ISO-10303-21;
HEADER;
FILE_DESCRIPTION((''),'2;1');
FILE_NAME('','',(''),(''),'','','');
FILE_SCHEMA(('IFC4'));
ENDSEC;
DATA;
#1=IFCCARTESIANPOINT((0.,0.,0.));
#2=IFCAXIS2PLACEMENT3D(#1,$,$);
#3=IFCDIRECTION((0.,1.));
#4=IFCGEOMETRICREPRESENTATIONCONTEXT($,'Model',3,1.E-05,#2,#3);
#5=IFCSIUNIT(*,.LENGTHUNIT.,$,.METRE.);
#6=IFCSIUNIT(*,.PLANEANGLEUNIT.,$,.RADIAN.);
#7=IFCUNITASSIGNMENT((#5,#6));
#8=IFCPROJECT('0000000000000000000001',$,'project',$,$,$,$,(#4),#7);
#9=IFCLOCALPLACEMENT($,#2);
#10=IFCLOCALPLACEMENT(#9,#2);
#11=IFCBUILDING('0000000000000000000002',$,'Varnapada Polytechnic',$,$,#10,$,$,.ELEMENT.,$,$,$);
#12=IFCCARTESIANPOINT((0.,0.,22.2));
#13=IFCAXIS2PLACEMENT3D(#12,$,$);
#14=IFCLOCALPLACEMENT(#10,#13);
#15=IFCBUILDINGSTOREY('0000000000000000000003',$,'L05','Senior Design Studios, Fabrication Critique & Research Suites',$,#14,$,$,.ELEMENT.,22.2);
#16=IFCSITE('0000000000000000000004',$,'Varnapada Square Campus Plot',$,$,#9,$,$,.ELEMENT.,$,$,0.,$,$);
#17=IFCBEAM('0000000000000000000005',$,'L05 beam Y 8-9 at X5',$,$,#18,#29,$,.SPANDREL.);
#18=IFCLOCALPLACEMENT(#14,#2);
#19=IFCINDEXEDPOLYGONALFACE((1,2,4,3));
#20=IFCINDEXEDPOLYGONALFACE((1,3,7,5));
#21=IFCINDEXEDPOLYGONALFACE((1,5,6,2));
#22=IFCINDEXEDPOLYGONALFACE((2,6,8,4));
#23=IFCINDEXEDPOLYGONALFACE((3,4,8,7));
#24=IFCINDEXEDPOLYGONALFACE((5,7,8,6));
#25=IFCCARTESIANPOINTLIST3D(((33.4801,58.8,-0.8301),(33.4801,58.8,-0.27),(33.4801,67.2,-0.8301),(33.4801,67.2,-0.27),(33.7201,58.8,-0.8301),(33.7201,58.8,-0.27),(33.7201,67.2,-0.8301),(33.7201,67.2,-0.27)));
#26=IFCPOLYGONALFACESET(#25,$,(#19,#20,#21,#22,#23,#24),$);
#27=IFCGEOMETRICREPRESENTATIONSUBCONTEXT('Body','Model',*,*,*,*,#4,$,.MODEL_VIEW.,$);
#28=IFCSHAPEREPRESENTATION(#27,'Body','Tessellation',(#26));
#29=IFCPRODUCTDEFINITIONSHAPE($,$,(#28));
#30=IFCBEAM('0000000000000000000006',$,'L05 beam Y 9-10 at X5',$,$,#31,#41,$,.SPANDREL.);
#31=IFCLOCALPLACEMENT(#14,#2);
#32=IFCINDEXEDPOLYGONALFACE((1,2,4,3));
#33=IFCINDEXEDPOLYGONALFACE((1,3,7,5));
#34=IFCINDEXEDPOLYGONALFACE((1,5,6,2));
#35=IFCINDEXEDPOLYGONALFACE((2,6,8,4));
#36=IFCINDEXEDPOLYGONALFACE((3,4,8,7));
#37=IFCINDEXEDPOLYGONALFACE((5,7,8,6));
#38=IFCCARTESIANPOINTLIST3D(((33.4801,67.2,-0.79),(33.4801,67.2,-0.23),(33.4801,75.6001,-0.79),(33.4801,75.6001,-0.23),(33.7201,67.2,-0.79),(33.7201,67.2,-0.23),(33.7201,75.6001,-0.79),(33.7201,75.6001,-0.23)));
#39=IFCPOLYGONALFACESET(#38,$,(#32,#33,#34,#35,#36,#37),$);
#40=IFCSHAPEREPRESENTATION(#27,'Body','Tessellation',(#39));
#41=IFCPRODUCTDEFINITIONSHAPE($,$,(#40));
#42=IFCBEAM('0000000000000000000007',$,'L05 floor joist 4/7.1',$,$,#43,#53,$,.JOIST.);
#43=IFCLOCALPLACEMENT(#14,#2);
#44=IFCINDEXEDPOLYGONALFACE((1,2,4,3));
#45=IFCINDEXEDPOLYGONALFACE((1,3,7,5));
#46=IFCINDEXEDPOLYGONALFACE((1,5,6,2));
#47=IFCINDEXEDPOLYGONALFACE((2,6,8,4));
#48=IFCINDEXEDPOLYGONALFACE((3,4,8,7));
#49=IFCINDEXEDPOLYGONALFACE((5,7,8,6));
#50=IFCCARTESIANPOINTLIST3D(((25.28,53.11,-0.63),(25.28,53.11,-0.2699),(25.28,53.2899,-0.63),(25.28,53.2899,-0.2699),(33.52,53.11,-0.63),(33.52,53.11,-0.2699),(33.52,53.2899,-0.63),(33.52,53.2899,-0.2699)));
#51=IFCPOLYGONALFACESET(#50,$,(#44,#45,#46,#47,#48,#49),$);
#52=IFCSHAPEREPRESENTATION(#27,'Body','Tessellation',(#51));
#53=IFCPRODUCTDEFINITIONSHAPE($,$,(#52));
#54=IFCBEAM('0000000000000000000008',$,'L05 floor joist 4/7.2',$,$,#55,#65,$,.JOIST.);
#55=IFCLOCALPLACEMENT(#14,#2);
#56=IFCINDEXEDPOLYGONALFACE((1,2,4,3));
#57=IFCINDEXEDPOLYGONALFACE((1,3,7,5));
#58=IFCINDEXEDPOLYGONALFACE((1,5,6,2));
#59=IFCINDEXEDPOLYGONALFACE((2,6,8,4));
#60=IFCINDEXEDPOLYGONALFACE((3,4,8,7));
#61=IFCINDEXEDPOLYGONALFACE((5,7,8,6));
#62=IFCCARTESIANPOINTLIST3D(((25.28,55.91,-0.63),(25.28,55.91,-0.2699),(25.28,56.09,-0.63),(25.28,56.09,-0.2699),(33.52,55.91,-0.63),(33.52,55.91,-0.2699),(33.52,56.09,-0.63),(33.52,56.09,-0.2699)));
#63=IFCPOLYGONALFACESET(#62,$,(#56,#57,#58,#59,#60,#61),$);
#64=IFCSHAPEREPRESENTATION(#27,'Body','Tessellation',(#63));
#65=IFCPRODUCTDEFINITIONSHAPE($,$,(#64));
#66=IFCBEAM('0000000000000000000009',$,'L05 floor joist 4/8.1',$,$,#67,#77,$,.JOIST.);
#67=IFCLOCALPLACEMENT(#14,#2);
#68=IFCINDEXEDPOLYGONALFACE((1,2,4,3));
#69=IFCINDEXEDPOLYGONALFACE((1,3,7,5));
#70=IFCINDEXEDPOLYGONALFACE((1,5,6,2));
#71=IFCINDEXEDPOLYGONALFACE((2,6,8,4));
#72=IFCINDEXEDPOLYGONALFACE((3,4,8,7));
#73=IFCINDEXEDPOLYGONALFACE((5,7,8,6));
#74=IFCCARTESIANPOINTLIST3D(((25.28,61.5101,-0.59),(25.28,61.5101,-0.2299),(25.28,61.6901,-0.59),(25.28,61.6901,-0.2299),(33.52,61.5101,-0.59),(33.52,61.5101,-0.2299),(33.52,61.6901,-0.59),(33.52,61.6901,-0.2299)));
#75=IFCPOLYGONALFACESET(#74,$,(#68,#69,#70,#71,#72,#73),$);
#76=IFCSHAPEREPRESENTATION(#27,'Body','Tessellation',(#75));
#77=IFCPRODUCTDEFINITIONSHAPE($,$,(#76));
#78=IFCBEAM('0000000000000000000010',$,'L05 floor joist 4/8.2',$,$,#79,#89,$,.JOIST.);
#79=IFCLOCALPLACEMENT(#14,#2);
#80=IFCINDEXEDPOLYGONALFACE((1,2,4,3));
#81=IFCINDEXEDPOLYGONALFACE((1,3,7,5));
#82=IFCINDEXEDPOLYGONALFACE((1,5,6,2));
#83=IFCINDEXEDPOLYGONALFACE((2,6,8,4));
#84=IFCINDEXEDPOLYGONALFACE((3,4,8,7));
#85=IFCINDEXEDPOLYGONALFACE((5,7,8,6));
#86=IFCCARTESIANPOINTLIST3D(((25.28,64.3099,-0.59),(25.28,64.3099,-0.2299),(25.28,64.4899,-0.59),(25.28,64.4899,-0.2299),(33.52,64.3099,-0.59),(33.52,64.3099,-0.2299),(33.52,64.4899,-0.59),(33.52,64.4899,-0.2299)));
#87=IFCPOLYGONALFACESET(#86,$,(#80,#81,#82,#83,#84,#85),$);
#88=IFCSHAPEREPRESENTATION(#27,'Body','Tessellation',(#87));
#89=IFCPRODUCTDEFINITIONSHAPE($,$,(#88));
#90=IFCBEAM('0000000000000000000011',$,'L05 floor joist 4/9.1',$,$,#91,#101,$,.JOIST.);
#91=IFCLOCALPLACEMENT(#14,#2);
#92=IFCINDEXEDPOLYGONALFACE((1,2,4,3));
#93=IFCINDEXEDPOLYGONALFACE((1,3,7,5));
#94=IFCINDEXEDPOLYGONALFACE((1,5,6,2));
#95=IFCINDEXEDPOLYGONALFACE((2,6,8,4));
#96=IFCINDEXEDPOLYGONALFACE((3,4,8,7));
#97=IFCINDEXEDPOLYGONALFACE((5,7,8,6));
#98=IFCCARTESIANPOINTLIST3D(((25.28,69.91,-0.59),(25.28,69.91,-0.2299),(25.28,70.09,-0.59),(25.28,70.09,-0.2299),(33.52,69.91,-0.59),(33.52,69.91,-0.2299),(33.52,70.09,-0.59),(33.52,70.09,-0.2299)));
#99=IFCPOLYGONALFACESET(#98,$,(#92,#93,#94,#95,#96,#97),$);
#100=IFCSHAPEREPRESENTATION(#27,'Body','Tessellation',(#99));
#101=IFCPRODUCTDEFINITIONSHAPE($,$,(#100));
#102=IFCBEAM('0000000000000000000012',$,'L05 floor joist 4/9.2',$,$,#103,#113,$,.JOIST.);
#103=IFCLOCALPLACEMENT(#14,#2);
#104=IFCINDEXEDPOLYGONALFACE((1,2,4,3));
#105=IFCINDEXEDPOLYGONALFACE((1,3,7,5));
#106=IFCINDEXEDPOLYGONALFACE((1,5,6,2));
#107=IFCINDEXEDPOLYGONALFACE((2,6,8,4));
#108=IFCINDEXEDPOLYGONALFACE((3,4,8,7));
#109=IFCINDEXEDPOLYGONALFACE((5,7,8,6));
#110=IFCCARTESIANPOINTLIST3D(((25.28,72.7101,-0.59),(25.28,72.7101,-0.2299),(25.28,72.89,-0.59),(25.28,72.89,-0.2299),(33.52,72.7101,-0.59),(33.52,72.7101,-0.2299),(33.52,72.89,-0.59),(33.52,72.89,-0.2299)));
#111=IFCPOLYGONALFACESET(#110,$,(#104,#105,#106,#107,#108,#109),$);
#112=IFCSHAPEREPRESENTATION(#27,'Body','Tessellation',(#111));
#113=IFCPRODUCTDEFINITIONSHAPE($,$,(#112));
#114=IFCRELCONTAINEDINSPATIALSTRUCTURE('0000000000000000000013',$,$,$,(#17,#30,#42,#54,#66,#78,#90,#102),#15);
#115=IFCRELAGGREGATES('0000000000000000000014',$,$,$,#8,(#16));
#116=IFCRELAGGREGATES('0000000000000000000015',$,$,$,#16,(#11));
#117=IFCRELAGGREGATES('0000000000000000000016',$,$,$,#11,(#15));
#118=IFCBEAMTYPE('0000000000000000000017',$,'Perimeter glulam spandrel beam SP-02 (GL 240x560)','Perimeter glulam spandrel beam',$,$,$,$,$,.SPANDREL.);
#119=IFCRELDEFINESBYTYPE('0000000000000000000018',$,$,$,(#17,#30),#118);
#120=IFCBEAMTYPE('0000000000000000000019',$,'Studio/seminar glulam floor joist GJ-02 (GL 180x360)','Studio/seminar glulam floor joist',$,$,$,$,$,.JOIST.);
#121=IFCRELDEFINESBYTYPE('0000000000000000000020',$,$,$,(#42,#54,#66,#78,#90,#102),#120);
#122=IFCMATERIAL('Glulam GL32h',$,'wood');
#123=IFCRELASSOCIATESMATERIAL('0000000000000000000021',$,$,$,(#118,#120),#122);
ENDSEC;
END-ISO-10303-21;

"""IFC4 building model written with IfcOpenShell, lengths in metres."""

from ifc_helpers import new_model, si_unit, direction, frame, origin, origin_2d, place, context, subcontext, project, spatial, rectangle, extrude, material, material_profile, profile_set, type_object, element, save


model = new_model("IFC4")

# Units and contexts
model_context = context("Model", 3, precision=1e-05, world=origin(), true_north=direction((0.0, 1.0)))
body_context = subcontext(model_context, "Body", "Model", "MODEL_VIEW")
ifc_project = project(units=[si_unit("LENGTHUNIT", "METRE"), si_unit("PLANEANGLEUNIT", "RADIAN")], contexts=[model_context])

# Site, building, storey
site_placement = place(None, origin())
site = spatial("IfcSite", under=ifc_project, at=site_placement, Name="Varnapada Square Campus Plot", CompositionType="ELEMENT", RefElevation=0.0)
building_placement = place(site_placement, origin())
building = spatial("IfcBuilding", under=site, at=building_placement, Name="Varnapada Polytechnic", CompositionType="ELEMENT")
storey_placement = place(building_placement, frame((0.0, 0.0, 22.2)))
storey = spatial("IfcBuildingStorey", under=building, at=storey_placement, Name="L05", Description="Senior Design Studios, Fabrication Critique & Research Suites", CompositionType="ELEMENT", Elevation=22.2)

# Beams
ifc_material_1 = material(Name="Glulam GL32h", Category="wood")
ifc_material_profile_1 = material_profile(ifc_material_1, rectangle(XDim=0.24, YDim=0.5601, at=origin_2d()), Name="GL 240x560")
ifc_profile_set_1 = profile_set([ifc_material_profile_1], Name="Glulam GL32h")
beam_type_1 = type_object("IfcBeamType", Name="Perimeter glulam spandrel beam SP-02 (GL 240x560)", Description="Perimeter glulam spandrel beam", PredefinedType="SPANDREL", material=ifc_profile_set_1)
beam_1_placement = place(storey_placement, frame((33.6001, 58.8, -0.55), z_axis=(0.0, 1.0, 0.0), x_axis=(-1.0, 0.0, 0.0)))
element("IfcBeam", 1, at=beam_1_placement, inside=storey, type_object=beam_type_1, Name="L05 beam Y 8-9 at X5", PredefinedType="SPANDREL", context=body_context, shape_type="SweptSolid", body=[
    extrude(rectangle(XDim=0.24, YDim=0.5601, at=origin_2d()), origin(), (0.0, 0.0, 1.0), 8.3999),
])
beam_2_placement = place(storey_placement, frame((33.6001, 67.2, -0.51), z_axis=(0.0, 1.0, 0.0), x_axis=(-1.0, 0.0, 0.0)))
element("IfcBeam", 2, at=beam_2_placement, inside=storey, type_object=beam_type_1, Name="L05 beam Y 9-10 at X5", PredefinedType="SPANDREL", context=body_context, shape_type="SweptSolid", body=[
    extrude(rectangle(XDim=0.24, YDim=0.5601, at=origin_2d()), origin(), (0.0, 0.0, 1.0), 8.4001),
])
ifc_material_profile_2 = material_profile(ifc_material_1, rectangle(XDim=0.1799, YDim=0.3601, at=origin_2d()), Name="GL 180x360")
ifc_profile_set_2 = profile_set([ifc_material_profile_2], Name="Glulam GL32h")
beam_type_2 = type_object("IfcBeamType", Name="Studio/seminar glulam floor joist GJ-02 (GL 180x360)", Description="Studio/seminar glulam floor joist", PredefinedType="JOIST", material=ifc_profile_set_2)
for number, where, z_axis, x_axis, name in (
    (3, (25.28, 53.2, -0.45), (1.0, 0.0, 0.0), (0.0, 1.0, 0.0), "L05 floor joist 4/7.1"),
    (4, (25.28, 56.0, -0.45), (1.0, 0.0, 0.0), (0.0, 1.0, 0.0), "L05 floor joist 4/7.2"),
    (5, (25.28, 61.6001, -0.4099), (1.0, 0.0, 0.0), (0.0, 1.0, 0.0), "L05 floor joist 4/8.1"),
    (6, (25.28, 64.3999, -0.4099), (1.0, 0.0, 0.0), (0.0, 1.0, 0.0), "L05 floor joist 4/8.2"),
    (7, (25.28, 70.0, -0.4099), (1.0, 0.0, 0.0), (0.0, 1.0, 0.0), "L05 floor joist 4/9.1"),
    (8, (25.28, 72.8, -0.4099), (1.0, 0.0, 0.0), (0.0, 1.0, 0.0), "L05 floor joist 4/9.2"),
):
    element("IfcBeam", number, at=place(storey_placement, frame(where, z_axis=z_axis, x_axis=x_axis)), inside=storey, type_object=beam_type_2, Name=name, PredefinedType="JOIST", context=body_context, shape_type="SweptSolid", body=[
        extrude(rectangle(XDim=0.1799, YDim=0.3601, at=origin_2d()), origin(), (0.0, 0.0, 1.0), 8.24),
    ])

save(model, "model.ifc")
